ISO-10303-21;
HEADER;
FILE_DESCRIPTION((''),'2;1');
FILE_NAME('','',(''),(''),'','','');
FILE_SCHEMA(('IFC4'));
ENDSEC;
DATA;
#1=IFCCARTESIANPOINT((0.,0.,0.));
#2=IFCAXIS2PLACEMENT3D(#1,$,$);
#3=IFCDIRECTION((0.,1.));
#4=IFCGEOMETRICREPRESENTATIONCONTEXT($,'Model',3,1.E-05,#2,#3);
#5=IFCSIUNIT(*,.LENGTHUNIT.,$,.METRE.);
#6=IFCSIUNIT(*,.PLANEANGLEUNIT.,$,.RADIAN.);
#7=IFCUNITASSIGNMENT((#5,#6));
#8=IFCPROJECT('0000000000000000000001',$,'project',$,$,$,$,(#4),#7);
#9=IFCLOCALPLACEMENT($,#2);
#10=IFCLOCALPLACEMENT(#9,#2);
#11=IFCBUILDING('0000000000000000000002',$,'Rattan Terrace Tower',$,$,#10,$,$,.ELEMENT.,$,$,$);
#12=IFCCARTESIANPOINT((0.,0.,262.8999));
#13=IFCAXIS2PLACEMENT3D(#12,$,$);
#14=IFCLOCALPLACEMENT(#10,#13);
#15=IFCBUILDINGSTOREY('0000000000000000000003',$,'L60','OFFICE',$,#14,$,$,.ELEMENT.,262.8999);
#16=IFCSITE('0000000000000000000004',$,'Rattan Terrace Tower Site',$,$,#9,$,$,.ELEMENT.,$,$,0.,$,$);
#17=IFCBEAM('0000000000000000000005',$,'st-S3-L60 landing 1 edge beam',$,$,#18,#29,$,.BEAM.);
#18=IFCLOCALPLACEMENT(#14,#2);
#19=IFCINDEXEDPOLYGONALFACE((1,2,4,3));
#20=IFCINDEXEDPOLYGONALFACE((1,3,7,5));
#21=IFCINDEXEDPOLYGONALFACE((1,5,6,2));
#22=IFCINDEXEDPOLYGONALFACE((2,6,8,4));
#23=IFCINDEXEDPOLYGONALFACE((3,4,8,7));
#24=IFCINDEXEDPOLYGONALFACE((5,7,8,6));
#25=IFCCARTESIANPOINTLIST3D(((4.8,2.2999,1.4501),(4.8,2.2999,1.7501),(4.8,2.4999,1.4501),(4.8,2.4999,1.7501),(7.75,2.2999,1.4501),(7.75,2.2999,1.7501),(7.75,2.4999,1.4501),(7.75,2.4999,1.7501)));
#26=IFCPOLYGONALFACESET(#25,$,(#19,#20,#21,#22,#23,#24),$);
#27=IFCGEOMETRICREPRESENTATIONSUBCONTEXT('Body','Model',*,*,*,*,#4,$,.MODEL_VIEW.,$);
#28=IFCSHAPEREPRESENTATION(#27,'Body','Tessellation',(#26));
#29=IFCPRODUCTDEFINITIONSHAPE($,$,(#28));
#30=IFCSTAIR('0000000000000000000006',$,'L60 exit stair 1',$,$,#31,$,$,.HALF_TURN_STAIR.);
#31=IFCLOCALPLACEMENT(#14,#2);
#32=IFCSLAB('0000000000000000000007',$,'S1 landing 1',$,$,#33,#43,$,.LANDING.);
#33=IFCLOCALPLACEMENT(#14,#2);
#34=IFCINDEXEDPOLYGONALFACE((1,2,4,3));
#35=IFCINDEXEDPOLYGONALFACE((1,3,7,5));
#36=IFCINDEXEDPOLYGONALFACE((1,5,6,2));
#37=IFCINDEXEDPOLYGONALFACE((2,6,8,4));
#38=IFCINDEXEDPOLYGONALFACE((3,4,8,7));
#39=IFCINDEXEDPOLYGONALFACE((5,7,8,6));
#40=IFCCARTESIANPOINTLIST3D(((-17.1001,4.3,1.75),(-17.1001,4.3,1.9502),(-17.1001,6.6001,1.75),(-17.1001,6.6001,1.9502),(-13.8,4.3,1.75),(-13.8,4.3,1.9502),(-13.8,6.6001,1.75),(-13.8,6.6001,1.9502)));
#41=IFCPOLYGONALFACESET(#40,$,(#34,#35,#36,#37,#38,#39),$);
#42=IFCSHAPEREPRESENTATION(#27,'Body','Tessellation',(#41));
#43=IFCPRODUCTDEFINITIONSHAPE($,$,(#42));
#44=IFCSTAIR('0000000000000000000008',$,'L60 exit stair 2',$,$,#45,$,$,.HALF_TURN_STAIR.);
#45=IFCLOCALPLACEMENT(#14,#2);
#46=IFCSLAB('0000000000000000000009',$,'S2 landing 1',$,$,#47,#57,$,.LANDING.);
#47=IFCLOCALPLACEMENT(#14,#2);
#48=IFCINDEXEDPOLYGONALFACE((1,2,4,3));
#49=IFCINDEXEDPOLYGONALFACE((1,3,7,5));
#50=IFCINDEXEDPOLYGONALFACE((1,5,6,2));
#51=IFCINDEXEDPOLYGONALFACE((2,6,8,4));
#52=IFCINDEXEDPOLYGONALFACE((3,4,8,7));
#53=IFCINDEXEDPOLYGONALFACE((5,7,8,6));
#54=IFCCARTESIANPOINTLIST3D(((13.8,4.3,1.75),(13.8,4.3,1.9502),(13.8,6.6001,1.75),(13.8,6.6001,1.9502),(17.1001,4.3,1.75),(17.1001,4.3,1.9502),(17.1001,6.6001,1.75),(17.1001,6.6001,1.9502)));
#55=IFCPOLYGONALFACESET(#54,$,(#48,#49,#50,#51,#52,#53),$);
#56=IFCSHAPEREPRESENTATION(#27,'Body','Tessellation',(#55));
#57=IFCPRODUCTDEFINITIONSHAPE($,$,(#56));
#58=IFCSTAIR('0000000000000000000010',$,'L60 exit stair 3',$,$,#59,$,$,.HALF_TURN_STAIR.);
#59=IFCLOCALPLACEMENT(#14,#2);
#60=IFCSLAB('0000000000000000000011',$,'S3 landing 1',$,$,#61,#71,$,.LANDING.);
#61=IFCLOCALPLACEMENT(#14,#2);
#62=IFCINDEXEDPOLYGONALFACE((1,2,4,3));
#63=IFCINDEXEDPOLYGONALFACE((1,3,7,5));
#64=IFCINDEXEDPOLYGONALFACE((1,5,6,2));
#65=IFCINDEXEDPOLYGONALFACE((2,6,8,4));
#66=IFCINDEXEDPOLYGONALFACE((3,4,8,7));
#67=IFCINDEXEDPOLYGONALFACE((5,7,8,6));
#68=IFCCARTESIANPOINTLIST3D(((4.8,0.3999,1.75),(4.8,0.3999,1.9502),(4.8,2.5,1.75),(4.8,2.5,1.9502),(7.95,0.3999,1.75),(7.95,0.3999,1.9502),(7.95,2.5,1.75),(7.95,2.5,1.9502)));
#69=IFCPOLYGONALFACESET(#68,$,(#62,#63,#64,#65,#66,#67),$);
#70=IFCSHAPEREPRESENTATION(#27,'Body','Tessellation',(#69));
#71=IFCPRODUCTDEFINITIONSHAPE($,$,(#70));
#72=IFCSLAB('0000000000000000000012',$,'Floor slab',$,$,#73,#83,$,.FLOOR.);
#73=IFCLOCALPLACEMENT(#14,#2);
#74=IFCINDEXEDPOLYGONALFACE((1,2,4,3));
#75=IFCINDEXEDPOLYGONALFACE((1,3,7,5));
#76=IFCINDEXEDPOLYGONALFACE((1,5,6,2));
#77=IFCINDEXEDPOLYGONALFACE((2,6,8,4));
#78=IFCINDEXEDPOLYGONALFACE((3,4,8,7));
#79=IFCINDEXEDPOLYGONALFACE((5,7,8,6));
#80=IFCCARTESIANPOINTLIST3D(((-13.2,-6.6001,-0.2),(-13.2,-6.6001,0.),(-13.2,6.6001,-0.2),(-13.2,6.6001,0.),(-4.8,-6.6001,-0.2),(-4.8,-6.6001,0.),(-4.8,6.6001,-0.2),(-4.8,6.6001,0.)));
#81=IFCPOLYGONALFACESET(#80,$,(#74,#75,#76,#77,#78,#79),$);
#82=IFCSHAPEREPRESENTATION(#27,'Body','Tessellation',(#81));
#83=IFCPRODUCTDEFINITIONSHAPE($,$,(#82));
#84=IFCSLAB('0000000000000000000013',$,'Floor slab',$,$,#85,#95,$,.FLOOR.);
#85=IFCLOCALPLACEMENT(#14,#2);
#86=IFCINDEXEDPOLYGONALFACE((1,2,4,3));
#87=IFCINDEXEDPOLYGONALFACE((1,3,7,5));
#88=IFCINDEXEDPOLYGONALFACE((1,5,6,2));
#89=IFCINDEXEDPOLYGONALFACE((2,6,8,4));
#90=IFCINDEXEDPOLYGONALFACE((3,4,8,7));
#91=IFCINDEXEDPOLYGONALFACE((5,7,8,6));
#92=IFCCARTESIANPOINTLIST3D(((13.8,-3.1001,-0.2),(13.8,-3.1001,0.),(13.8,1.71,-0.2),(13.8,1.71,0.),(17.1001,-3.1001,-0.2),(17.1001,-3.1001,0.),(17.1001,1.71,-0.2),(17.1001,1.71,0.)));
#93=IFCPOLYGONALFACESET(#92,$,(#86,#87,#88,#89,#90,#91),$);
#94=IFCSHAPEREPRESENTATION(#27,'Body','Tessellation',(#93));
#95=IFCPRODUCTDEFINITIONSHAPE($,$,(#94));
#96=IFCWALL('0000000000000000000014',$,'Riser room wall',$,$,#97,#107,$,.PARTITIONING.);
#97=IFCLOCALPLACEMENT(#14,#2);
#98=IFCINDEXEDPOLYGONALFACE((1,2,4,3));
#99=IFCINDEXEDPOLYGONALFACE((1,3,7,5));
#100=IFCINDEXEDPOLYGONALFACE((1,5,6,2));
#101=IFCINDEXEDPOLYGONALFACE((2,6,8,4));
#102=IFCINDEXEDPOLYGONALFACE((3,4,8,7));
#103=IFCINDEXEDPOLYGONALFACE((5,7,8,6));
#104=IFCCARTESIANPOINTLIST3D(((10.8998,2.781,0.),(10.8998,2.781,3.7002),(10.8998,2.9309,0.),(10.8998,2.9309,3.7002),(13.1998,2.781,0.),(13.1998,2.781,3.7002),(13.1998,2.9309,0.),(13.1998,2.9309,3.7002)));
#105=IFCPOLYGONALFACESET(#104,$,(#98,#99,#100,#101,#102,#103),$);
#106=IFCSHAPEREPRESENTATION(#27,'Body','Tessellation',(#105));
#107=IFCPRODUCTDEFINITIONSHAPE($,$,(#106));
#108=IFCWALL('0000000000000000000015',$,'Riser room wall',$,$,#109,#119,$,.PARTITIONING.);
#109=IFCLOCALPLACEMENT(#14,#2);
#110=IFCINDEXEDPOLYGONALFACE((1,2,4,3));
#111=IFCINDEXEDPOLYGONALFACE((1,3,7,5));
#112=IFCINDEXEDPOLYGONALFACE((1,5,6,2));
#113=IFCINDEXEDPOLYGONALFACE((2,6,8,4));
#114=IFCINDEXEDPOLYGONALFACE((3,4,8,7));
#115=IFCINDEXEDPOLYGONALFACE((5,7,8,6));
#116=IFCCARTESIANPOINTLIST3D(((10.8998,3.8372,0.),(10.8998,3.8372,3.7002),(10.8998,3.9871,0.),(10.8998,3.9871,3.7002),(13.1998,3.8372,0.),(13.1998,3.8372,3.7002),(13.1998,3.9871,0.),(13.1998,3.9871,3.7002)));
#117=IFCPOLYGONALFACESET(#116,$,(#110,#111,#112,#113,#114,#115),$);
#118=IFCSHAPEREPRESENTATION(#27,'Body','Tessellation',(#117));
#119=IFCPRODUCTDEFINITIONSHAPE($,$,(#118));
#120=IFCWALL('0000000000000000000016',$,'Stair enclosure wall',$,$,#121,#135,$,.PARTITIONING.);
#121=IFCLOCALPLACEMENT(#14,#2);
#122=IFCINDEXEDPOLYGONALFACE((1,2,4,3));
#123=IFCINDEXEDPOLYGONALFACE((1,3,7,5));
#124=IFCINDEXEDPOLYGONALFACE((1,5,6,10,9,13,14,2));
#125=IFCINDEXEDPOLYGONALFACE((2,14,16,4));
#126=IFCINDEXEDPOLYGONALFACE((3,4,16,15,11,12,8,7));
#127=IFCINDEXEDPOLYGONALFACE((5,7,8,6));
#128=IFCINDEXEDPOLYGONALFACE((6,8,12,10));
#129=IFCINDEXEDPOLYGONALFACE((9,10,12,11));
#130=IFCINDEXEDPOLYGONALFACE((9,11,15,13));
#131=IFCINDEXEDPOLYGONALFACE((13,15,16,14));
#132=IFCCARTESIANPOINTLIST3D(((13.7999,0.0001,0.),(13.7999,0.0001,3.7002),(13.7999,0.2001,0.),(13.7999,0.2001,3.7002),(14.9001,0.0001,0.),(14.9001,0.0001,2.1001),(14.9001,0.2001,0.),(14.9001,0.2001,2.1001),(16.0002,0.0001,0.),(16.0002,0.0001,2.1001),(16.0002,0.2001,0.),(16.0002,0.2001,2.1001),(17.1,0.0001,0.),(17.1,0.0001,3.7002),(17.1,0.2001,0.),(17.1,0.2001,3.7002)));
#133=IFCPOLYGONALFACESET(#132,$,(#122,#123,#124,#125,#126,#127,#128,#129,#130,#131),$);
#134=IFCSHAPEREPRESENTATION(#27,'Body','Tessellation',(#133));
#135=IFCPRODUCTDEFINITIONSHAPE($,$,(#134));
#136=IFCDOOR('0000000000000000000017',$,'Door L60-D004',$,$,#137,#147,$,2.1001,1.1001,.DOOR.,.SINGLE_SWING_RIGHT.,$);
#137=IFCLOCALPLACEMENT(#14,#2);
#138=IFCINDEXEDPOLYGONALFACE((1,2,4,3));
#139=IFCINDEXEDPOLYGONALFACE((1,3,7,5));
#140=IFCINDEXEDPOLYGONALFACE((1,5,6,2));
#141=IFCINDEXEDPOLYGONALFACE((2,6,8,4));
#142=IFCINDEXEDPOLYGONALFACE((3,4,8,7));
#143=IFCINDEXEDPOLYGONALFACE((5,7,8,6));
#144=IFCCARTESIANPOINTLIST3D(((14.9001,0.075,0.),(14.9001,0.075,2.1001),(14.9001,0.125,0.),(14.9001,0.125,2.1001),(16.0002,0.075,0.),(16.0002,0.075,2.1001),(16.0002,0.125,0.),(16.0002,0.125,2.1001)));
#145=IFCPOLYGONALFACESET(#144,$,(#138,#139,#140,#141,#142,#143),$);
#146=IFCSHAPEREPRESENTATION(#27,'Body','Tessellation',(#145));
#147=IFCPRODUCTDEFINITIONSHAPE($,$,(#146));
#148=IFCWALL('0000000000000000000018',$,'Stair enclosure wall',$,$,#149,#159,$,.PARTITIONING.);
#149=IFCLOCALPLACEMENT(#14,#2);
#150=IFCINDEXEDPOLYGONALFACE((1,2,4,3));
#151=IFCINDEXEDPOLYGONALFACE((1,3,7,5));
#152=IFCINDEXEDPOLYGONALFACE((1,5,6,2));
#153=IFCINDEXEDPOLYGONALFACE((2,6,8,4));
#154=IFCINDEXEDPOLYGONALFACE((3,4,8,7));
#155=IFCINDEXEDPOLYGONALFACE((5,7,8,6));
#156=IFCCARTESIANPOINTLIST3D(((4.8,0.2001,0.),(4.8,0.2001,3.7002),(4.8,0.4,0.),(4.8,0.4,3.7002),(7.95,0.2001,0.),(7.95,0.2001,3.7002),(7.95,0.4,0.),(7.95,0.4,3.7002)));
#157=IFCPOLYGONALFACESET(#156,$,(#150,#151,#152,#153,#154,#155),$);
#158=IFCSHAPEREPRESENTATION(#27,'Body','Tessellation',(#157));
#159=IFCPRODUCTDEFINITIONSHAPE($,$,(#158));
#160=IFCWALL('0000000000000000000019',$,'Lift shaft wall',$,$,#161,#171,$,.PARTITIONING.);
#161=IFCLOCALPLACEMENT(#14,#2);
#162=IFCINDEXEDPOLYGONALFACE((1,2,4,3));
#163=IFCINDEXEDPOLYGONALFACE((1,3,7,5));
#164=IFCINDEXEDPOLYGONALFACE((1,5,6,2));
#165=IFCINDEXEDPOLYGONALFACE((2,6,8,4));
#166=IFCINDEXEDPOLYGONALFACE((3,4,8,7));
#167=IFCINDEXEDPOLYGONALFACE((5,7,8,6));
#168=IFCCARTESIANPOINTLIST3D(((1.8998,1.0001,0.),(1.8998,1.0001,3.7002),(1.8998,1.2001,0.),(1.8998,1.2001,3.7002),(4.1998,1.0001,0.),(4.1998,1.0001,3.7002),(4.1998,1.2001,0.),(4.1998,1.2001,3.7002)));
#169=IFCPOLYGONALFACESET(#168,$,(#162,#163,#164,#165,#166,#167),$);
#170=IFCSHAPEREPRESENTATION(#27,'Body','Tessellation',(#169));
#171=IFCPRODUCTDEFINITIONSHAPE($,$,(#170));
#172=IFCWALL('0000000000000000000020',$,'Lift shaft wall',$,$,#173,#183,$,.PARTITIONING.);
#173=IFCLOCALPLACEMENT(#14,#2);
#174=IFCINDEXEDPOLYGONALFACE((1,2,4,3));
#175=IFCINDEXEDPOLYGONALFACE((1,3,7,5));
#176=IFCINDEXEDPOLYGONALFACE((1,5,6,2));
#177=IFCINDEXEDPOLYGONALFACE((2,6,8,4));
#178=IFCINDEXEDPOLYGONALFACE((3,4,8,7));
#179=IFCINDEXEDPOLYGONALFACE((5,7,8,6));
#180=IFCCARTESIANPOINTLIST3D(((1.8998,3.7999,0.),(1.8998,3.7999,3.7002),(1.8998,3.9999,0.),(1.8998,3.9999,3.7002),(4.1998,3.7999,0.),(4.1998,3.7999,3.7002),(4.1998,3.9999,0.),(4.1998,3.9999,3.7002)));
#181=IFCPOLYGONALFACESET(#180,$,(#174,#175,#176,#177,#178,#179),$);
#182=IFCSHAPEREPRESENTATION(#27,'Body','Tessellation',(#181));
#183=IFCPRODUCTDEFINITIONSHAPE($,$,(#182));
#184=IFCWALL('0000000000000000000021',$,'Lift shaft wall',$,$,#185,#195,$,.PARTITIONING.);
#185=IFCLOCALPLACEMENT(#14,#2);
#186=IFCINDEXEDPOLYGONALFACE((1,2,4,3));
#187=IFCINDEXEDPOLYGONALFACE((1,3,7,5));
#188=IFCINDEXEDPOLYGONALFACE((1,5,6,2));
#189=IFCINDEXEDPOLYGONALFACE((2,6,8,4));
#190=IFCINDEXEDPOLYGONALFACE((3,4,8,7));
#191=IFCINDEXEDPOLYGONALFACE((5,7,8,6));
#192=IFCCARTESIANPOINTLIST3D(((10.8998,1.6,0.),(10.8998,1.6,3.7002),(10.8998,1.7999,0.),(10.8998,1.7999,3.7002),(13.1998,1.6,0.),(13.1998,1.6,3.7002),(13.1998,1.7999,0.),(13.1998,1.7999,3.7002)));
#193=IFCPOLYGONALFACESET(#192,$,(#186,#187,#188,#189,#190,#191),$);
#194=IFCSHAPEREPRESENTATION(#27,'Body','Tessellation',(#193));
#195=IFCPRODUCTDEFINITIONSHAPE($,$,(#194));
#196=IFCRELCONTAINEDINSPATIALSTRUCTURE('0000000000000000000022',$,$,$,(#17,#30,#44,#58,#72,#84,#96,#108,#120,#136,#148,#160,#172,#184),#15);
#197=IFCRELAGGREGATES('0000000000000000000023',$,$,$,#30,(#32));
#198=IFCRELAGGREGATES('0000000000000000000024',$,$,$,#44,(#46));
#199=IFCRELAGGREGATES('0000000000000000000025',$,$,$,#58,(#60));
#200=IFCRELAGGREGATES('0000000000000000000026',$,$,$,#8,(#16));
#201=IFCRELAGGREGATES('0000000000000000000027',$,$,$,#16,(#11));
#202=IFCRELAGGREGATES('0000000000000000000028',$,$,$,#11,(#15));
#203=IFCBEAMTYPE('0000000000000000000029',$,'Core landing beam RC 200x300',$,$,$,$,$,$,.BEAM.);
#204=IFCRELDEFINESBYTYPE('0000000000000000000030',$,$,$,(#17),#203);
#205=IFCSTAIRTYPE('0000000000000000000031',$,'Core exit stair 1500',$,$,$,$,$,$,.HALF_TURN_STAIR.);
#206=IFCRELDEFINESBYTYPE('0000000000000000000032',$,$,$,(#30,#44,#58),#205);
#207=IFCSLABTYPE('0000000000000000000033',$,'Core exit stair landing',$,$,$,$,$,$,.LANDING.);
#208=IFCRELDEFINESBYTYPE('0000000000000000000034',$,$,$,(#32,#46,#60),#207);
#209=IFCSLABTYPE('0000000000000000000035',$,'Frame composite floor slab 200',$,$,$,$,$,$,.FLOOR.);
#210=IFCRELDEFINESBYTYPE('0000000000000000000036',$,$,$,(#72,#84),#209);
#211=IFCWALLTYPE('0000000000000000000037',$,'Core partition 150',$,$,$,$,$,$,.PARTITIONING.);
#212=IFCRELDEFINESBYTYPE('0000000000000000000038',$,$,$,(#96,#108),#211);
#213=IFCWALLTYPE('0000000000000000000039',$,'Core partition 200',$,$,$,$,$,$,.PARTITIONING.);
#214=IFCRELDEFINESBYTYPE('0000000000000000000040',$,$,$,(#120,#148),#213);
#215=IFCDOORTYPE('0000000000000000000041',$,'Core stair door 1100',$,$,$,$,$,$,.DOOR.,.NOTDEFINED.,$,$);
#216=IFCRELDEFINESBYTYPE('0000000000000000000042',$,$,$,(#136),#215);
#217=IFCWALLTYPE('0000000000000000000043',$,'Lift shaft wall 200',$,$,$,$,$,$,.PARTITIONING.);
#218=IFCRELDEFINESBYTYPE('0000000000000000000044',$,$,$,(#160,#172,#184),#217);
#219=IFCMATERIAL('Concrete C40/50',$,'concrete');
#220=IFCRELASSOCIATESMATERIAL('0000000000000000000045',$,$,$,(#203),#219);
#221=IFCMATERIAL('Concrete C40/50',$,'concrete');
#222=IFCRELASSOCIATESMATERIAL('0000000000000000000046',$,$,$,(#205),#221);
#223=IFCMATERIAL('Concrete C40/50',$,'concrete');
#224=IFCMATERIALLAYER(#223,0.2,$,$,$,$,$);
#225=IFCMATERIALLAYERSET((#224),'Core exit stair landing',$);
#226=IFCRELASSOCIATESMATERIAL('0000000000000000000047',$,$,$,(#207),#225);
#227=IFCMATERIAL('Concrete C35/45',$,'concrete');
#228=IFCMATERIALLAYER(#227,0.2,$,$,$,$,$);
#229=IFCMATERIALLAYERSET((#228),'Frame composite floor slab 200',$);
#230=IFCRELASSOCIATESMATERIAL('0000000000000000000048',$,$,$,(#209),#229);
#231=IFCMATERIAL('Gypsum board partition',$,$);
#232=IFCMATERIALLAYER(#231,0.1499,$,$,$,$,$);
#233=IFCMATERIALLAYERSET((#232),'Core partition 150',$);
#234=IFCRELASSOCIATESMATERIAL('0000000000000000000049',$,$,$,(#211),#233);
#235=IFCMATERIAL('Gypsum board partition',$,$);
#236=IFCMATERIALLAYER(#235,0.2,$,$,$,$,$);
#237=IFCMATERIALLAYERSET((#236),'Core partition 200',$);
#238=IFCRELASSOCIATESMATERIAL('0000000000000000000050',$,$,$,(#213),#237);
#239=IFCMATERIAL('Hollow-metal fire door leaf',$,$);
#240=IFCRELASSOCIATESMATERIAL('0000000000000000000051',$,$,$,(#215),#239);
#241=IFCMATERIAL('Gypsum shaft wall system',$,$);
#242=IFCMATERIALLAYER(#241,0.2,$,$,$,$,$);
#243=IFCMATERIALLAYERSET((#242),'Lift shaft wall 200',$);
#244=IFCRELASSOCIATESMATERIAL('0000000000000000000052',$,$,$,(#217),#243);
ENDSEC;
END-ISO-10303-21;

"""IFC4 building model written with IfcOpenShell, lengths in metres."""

from ifc_helpers import new_model, si_unit, direction, frame, frame_2d, origin, origin_2d, place, context, subcontext, project, spatial, polyline, rectangle, outline, extrude, material, layer, layer_set, material_profile, profile_set, type_object, element, fill, aggregate, save


model = new_model("IFC4")

# Units and contexts
model_context = context("Model", 3, precision=1e-05, world=origin(), true_north=direction((0.0, 1.0)))
body_context = subcontext(model_context, "Body", "Model", "MODEL_VIEW")
ifc_project = project(units=[si_unit("LENGTHUNIT", "METRE"), si_unit("PLANEANGLEUNIT", "RADIAN")], contexts=[model_context])

# Site, building, storey
site_placement = place(None, origin())
site = spatial("IfcSite", under=ifc_project, at=site_placement, Name="Rattan Terrace Tower Site", CompositionType="ELEMENT", RefElevation=0.0)
building_placement = place(site_placement, origin())
building = spatial("IfcBuilding", under=site, at=building_placement, Name="Rattan Terrace Tower", CompositionType="ELEMENT")
storey_placement = place(building_placement, frame((0.0, 0.0, 262.8999)))
storey = spatial("IfcBuildingStorey", under=building, at=storey_placement, Name="L60", Description="OFFICE", CompositionType="ELEMENT", Elevation=262.8999)

# Beam
ifc_material_1 = material(Name="Concrete C40/50", Category="concrete")
ifc_material_profile = material_profile(ifc_material_1, rectangle(XDim=0.2, YDim=0.3, at=origin_2d()), Name="RC 200x300")
ifc_profile_set = profile_set([ifc_material_profile], Name="Concrete C40/50")
beam_type = type_object("IfcBeamType", Name="Core landing beam RC 200x300", PredefinedType="BEAM", material=ifc_profile_set)
beam_placement = place(storey_placement, frame((4.8, 2.3999, 1.6001), z_axis=(1.0, 0.0, 0.0), x_axis=(0.0, 1.0, 0.0)))
element("IfcBeam", 1, at=beam_placement, inside=storey, type_object=beam_type, Name="st-S3-L60 landing 1 edge beam", PredefinedType="BEAM", context=body_context, shape_type="SweptSolid", body=[
    extrude(rectangle(XDim=0.2, YDim=0.3, at=origin_2d()), origin(), (0.0, 0.0, 1.0), 2.95),
])

# Stairs, slabs
ifc_material_2 = material(Name="Concrete C40/50", Category="concrete")
stair_type = type_object("IfcStairType", Name="Core exit stair 1500", PredefinedType="HALF_TURN_STAIR", material=ifc_material_2)
stair_1_placement = place(storey_placement, origin())
stair_1 = element("IfcStair", 2, at=stair_1_placement, inside=storey, type_object=stair_type, Name="L60 exit stair 1", PredefinedType="HALF_TURN_STAIR")
ifc_material_3 = material(Name="Concrete C40/50", Category="concrete")
ifc_layer_1 = layer(ifc_material_3, 0.2)
ifc_layer_set_1 = layer_set([ifc_layer_1], Name="Core exit stair landing")
slab_type_1 = type_object("IfcSlabType", Name="Core exit stair landing", PredefinedType="LANDING", material=ifc_layer_set_1)
slab_1_placement = place(storey_placement, frame((0.0, 0.0, 1.75)))
slab_1 = element("IfcSlab", 3, at=slab_1_placement, type_object=slab_type_1, Name="S1 landing 1", PredefinedType="LANDING", context=body_context, shape_type="SweptSolid", body=[
    extrude(outline(polyline([(-13.8, 4.3), (-13.8, 6.6001), (-17.1001, 6.6001), (-17.1001, 4.3), (-13.8, 4.3)])), origin(), (0.0, 0.0, 1.0), 0.2002),
])
aggregate(stair_1, [slab_1])
stair_2_placement = place(storey_placement, origin())
stair_2 = element("IfcStair", 4, at=stair_2_placement, inside=storey, type_object=stair_type, Name="L60 exit stair 2", PredefinedType="HALF_TURN_STAIR")
slab_2_placement = place(storey_placement, frame((0.0, 0.0, 1.75)))
slab_2 = element("IfcSlab", 5, at=slab_2_placement, type_object=slab_type_1, Name="S2 landing 1", PredefinedType="LANDING", context=body_context, shape_type="SweptSolid", body=[
    extrude(outline(polyline([(17.1001, 4.3), (17.1001, 6.6001), (13.8, 6.6001), (13.8, 4.3), (17.1001, 4.3)])), origin(), (0.0, 0.0, 1.0), 0.2002),
])
stair_3_placement = place(storey_placement, origin())
stair_3 = element("IfcStair", 6, at=stair_3_placement, inside=storey, type_object=stair_type, Name="L60 exit stair 3", PredefinedType="HALF_TURN_STAIR")
slab_3_placement = place(storey_placement, frame((0.0, 0.0, 1.75)))
slab_3 = element("IfcSlab", 7, at=slab_3_placement, type_object=slab_type_1, Name="S3 landing 1", PredefinedType="LANDING", context=body_context, shape_type="SweptSolid", body=[
    extrude(outline(polyline([(4.8, 2.5), (4.8, 0.3999), (7.95, 0.3999), (7.95, 2.5), (4.8, 2.5)])), origin(), (0.0, 0.0, 1.0), 0.2002),
])

# Slabs
ifc_material_4 = material(Name="Concrete C35/45", Category="concrete")
ifc_layer_2 = layer(ifc_material_4, 0.2)
ifc_layer_set_2 = layer_set([ifc_layer_2], Name="Frame composite floor slab 200")
slab_type_2 = type_object("IfcSlabType", Name="Frame composite floor slab 200", PredefinedType="FLOOR", material=ifc_layer_set_2)
slab_4_placement = place(storey_placement, frame((0.0, 0.0, -0.2)))
element("IfcSlab", 8, at=slab_4_placement, inside=storey, type_object=slab_type_2, Name="Floor slab", PredefinedType="FLOOR", context=body_context, shape_type="SweptSolid", body=[
    extrude(outline(polyline([(-4.8, -6.6001), (-4.8, 6.6001), (-13.2, 6.6001), (-13.2, -6.6001), (-4.8, -6.6001)])), origin(), (0.0, 0.0, 1.0), 0.2),
])
slab_5_placement = place(storey_placement, frame((0.0, 0.0, -0.2)))
element("IfcSlab", 9, at=slab_5_placement, inside=storey, type_object=slab_type_2, Name="Floor slab", PredefinedType="FLOOR", context=body_context, shape_type="SweptSolid", body=[
    extrude(outline(polyline([(13.8, -3.1001), (17.1001, -3.1001), (17.1001, 1.71), (13.8, 1.71), (13.8, -3.1001)])), origin(), (0.0, 0.0, 1.0), 0.2),
])

# Walls
ifc_material_5 = material(Name="Gypsum board partition")
ifc_layer_3 = layer(ifc_material_5, 0.1499)
ifc_layer_set_3 = layer_set([ifc_layer_3], Name="Core partition 150")
wall_type_1 = type_object("IfcWallType", Name="Core partition 150", PredefinedType="PARTITIONING", material=ifc_layer_set_3)
for number, where, z_axis, x_axis, name in (
    (10, (10.8999, 2.856, 0.0), (0.0, 0.0, 1.0), (1.0, 0.0, 0.0), "Riser room wall"),
    (11, (10.8999, 3.9121, 0.0), (0.0, 0.0, 1.0), (1.0, 0.0, 0.0), "Riser room wall"),
):
    element("IfcWall", number, at=place(storey_placement, frame(where, z_axis=z_axis, x_axis=x_axis)), inside=storey, type_object=wall_type_1, Name=name, PredefinedType="PARTITIONING", context=body_context, shape_type="SweptSolid", body=[
        extrude(rectangle(XDim=2.3, YDim=0.1499, at=frame_2d((1.1499, 0.0))), origin(), (0.0, 0.0, 1.0), 3.7002),
    ])

# Wall, opening, door
ifc_material_6 = material(Name="Gypsum board partition")
ifc_layer_4 = layer(ifc_material_6, 0.2)
ifc_layer_set_4 = layer_set([ifc_layer_4], Name="Core partition 200")
wall_type_2 = type_object("IfcWallType", Name="Core partition 200", PredefinedType="PARTITIONING", material=ifc_layer_set_4)
wall_1_placement = place(storey_placement, frame((13.8, 0.1001, 0.0), z_axis=(0.0, 0.0, 1.0), x_axis=(1.0, 0.0, 0.0)))
wall_1 = element("IfcWall", 12, at=wall_1_placement, inside=storey, type_object=wall_type_2, Name="Stair enclosure wall", PredefinedType="PARTITIONING", context=body_context, shape_type="SweptSolid", body=[
    extrude(rectangle(XDim=3.3, YDim=0.2, at=frame_2d((1.6499, 0.0))), origin(), (0.0, 0.0, 1.0), 3.7002),
])
opening_placement = place(wall_1_placement, frame((1.1001, 0.0, 0.0)))
opening = element("IfcOpeningElement", 13, at=opening_placement, cuts=wall_1, PredefinedType="OPENING", context=body_context, shape_type="SweptSolid", body=[
    extrude(rectangle(XDim=1.1001, YDim=2.1001, at=frame_2d((0.55, 1.05))), frame((0.0, 0.1106, 0.0), z_axis=(0.0, -1.0, 0.0), x_axis=(1.0, 0.0, 0.0)), (0.0, 0.0, 1.0), 0.2209),
])
ifc_material_7 = material(Name="Hollow-metal fire door leaf")
door_type = type_object("IfcDoorType", Name="Core stair door 1100", OperationType="NOTDEFINED", PredefinedType="DOOR", material=ifc_material_7)
door_placement = place(opening_placement, origin())
door = element("IfcDoor", 14, at=door_placement, inside=storey, type_object=door_type, Name="Door L60-D004", OperationType="SINGLE_SWING_RIGHT", OverallHeight=2.1001, OverallWidth=1.1001, PredefinedType="DOOR", context=body_context, shape_type="SweptSolid", body=[
    extrude(rectangle(XDim=1.1001, YDim=2.1001, at=frame_2d((0.55, 1.05))), frame((0.0, 0.0249, 0.0), z_axis=(0.0, -1.0, 0.0), x_axis=(1.0, 0.0, 0.0)), (0.0, 0.0, 1.0), 0.05),
])
fill(opening, door)

# Walls
wall_2_placement = place(storey_placement, frame((4.8, 0.3, 0.0), z_axis=(0.0, 0.0, 1.0), x_axis=(1.0, 0.0, 0.0)))
element("IfcWall", 15, at=wall_2_placement, inside=storey, type_object=wall_type_2, Name="Stair enclosure wall", PredefinedType="PARTITIONING", context=body_context, shape_type="SweptSolid", body=[
    extrude(rectangle(XDim=3.1499, YDim=0.2, at=frame_2d((1.575, 0.0))), origin(), (0.0, 0.0, 1.0), 3.7002),
])
ifc_material_8 = material(Name="Gypsum shaft wall system")
ifc_layer_5 = layer(ifc_material_8, 0.2)
ifc_layer_set_5 = layer_set([ifc_layer_5], Name="Lift shaft wall 200")
wall_type_3 = type_object("IfcWallType", Name="Lift shaft wall 200", PredefinedType="PARTITIONING", material=ifc_layer_set_5)
for number, where, z_axis, x_axis, name in (
    (16, (1.8999, 1.1001, 0.0), (0.0, 0.0, 1.0), (1.0, 0.0, 0.0), "Lift shaft wall"),
    (17, (1.8999, 3.8999, 0.0), (0.0, 0.0, 1.0), (1.0, 0.0, 0.0), "Lift shaft wall"),
    (18, (10.8999, 1.7, 0.0), (0.0, 0.0, 1.0), (1.0, 0.0, 0.0), "Lift shaft wall"),
):
    element("IfcWall", number, at=place(storey_placement, frame(where, z_axis=z_axis, x_axis=x_axis)), inside=storey, type_object=wall_type_3, Name=name, PredefinedType="PARTITIONING", context=body_context, shape_type="SweptSolid", body=[
        extrude(rectangle(XDim=2.3, YDim=0.2, at=frame_2d((1.1499, 0.0))), origin(), (0.0, 0.0, 1.0), 3.7002),
    ])

aggregate(stair_2, [slab_2])
aggregate(stair_3, [slab_3])

save(model, "model.ifc")
